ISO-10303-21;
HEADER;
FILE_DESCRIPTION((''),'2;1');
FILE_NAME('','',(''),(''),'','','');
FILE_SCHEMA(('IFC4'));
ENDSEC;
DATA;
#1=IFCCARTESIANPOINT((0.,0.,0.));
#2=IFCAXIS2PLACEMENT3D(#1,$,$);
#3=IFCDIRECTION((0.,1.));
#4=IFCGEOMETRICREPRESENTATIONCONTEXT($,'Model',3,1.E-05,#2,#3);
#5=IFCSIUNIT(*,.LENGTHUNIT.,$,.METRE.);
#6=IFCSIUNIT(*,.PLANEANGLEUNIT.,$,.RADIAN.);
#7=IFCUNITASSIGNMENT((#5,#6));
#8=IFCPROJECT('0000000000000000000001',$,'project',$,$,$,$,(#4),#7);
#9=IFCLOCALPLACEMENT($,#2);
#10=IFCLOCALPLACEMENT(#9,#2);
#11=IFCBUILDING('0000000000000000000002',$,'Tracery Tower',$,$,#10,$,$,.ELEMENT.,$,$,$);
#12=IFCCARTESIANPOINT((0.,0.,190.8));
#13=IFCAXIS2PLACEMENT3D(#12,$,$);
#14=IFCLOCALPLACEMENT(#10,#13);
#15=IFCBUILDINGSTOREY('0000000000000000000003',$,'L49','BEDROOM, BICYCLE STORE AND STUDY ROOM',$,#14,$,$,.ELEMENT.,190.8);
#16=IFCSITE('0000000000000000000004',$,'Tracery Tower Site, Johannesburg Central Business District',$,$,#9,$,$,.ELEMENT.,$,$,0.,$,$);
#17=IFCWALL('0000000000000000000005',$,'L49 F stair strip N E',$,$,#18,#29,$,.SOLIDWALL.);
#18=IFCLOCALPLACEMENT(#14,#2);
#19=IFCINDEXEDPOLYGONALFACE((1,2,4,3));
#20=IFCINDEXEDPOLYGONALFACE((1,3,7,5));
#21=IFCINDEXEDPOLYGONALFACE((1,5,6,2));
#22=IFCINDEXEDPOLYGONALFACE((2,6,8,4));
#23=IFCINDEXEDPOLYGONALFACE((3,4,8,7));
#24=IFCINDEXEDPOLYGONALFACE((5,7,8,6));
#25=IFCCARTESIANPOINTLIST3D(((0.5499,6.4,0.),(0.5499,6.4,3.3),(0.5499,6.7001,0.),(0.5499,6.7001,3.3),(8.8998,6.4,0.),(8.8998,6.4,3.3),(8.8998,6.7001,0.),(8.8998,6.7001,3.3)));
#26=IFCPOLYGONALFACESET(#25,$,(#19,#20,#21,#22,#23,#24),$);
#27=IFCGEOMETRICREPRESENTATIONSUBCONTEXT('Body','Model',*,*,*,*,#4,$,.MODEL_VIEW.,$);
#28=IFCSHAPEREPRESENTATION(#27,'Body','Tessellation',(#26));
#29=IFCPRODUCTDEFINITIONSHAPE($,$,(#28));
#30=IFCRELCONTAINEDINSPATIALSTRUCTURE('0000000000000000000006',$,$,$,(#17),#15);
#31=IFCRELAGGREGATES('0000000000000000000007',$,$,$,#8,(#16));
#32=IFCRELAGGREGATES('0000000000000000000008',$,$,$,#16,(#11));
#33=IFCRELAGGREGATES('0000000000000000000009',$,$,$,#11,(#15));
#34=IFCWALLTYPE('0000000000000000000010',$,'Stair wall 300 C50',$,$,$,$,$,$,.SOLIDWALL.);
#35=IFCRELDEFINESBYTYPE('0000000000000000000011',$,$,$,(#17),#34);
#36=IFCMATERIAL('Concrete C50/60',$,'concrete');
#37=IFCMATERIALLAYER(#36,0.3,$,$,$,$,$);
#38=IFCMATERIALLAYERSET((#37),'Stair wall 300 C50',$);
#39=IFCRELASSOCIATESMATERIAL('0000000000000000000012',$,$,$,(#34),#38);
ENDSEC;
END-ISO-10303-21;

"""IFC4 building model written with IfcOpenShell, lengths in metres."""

from ifc_helpers import new_model, si_unit, direction, frame, frame_2d, origin, place, context, subcontext, project, spatial, rectangle, extrude, material, layer, layer_set, type_object, element, save


model = new_model("IFC4")

# Units and contexts
model_context = context("Model", 3, precision=1e-05, world=origin(), true_north=direction((0.0, 1.0)))
body_context = subcontext(model_context, "Body", "Model", "MODEL_VIEW")
ifc_project = project(units=[si_unit("LENGTHUNIT", "METRE"), si_unit("PLANEANGLEUNIT", "RADIAN")], contexts=[model_context])

# Site, building, storey
site_placement = place(None, origin())
site = spatial("IfcSite", under=ifc_project, at=site_placement, Name="Tracery Tower Site, Johannesburg Central Business District", CompositionType="ELEMENT", RefElevation=0.0)
building_placement = place(site_placement, origin())
building = spatial("IfcBuilding", under=site, at=building_placement, Name="Tracery Tower", CompositionType="ELEMENT")
storey_placement = place(building_placement, frame((0.0, 0.0, 190.8)))
storey = spatial("IfcBuildingStorey", under=building, at=storey_placement, Name="L49", Description="BEDROOM, BICYCLE STORE AND STUDY ROOM", CompositionType="ELEMENT", Elevation=190.8)

# Wall
ifc_material_1 = material(Name="Concrete C50/60", Category="concrete")
ifc_layer_1 = layer(ifc_material_1, 0.3)
ifc_layer_set_1 = layer_set([ifc_layer_1], Name="Stair wall 300 C50")
wall_type_1 = type_object("IfcWallType", Name="Stair wall 300 C50", PredefinedType="SOLIDWALL", material=ifc_layer_set_1)
wall_1_placement = place(storey_placement, frame((0.55, 6.55, 0.0), z_axis=(0.0, 0.0, 1.0), x_axis=(1.0, 0.0, 0.0)))
element("IfcWall", 1, at=wall_1_placement, inside=storey, type_object=wall_type_1, Name="L49 F stair strip N E", PredefinedType="SOLIDWALL", context=body_context, shape_type="SweptSolid", body=[
    extrude(rectangle(XDim=8.3499, YDim=0.3, at=frame_2d((4.1748, 0.0))), origin(), (0.0, 0.0, 1.0), 3.3),
])

save(model, "model.ifc")
